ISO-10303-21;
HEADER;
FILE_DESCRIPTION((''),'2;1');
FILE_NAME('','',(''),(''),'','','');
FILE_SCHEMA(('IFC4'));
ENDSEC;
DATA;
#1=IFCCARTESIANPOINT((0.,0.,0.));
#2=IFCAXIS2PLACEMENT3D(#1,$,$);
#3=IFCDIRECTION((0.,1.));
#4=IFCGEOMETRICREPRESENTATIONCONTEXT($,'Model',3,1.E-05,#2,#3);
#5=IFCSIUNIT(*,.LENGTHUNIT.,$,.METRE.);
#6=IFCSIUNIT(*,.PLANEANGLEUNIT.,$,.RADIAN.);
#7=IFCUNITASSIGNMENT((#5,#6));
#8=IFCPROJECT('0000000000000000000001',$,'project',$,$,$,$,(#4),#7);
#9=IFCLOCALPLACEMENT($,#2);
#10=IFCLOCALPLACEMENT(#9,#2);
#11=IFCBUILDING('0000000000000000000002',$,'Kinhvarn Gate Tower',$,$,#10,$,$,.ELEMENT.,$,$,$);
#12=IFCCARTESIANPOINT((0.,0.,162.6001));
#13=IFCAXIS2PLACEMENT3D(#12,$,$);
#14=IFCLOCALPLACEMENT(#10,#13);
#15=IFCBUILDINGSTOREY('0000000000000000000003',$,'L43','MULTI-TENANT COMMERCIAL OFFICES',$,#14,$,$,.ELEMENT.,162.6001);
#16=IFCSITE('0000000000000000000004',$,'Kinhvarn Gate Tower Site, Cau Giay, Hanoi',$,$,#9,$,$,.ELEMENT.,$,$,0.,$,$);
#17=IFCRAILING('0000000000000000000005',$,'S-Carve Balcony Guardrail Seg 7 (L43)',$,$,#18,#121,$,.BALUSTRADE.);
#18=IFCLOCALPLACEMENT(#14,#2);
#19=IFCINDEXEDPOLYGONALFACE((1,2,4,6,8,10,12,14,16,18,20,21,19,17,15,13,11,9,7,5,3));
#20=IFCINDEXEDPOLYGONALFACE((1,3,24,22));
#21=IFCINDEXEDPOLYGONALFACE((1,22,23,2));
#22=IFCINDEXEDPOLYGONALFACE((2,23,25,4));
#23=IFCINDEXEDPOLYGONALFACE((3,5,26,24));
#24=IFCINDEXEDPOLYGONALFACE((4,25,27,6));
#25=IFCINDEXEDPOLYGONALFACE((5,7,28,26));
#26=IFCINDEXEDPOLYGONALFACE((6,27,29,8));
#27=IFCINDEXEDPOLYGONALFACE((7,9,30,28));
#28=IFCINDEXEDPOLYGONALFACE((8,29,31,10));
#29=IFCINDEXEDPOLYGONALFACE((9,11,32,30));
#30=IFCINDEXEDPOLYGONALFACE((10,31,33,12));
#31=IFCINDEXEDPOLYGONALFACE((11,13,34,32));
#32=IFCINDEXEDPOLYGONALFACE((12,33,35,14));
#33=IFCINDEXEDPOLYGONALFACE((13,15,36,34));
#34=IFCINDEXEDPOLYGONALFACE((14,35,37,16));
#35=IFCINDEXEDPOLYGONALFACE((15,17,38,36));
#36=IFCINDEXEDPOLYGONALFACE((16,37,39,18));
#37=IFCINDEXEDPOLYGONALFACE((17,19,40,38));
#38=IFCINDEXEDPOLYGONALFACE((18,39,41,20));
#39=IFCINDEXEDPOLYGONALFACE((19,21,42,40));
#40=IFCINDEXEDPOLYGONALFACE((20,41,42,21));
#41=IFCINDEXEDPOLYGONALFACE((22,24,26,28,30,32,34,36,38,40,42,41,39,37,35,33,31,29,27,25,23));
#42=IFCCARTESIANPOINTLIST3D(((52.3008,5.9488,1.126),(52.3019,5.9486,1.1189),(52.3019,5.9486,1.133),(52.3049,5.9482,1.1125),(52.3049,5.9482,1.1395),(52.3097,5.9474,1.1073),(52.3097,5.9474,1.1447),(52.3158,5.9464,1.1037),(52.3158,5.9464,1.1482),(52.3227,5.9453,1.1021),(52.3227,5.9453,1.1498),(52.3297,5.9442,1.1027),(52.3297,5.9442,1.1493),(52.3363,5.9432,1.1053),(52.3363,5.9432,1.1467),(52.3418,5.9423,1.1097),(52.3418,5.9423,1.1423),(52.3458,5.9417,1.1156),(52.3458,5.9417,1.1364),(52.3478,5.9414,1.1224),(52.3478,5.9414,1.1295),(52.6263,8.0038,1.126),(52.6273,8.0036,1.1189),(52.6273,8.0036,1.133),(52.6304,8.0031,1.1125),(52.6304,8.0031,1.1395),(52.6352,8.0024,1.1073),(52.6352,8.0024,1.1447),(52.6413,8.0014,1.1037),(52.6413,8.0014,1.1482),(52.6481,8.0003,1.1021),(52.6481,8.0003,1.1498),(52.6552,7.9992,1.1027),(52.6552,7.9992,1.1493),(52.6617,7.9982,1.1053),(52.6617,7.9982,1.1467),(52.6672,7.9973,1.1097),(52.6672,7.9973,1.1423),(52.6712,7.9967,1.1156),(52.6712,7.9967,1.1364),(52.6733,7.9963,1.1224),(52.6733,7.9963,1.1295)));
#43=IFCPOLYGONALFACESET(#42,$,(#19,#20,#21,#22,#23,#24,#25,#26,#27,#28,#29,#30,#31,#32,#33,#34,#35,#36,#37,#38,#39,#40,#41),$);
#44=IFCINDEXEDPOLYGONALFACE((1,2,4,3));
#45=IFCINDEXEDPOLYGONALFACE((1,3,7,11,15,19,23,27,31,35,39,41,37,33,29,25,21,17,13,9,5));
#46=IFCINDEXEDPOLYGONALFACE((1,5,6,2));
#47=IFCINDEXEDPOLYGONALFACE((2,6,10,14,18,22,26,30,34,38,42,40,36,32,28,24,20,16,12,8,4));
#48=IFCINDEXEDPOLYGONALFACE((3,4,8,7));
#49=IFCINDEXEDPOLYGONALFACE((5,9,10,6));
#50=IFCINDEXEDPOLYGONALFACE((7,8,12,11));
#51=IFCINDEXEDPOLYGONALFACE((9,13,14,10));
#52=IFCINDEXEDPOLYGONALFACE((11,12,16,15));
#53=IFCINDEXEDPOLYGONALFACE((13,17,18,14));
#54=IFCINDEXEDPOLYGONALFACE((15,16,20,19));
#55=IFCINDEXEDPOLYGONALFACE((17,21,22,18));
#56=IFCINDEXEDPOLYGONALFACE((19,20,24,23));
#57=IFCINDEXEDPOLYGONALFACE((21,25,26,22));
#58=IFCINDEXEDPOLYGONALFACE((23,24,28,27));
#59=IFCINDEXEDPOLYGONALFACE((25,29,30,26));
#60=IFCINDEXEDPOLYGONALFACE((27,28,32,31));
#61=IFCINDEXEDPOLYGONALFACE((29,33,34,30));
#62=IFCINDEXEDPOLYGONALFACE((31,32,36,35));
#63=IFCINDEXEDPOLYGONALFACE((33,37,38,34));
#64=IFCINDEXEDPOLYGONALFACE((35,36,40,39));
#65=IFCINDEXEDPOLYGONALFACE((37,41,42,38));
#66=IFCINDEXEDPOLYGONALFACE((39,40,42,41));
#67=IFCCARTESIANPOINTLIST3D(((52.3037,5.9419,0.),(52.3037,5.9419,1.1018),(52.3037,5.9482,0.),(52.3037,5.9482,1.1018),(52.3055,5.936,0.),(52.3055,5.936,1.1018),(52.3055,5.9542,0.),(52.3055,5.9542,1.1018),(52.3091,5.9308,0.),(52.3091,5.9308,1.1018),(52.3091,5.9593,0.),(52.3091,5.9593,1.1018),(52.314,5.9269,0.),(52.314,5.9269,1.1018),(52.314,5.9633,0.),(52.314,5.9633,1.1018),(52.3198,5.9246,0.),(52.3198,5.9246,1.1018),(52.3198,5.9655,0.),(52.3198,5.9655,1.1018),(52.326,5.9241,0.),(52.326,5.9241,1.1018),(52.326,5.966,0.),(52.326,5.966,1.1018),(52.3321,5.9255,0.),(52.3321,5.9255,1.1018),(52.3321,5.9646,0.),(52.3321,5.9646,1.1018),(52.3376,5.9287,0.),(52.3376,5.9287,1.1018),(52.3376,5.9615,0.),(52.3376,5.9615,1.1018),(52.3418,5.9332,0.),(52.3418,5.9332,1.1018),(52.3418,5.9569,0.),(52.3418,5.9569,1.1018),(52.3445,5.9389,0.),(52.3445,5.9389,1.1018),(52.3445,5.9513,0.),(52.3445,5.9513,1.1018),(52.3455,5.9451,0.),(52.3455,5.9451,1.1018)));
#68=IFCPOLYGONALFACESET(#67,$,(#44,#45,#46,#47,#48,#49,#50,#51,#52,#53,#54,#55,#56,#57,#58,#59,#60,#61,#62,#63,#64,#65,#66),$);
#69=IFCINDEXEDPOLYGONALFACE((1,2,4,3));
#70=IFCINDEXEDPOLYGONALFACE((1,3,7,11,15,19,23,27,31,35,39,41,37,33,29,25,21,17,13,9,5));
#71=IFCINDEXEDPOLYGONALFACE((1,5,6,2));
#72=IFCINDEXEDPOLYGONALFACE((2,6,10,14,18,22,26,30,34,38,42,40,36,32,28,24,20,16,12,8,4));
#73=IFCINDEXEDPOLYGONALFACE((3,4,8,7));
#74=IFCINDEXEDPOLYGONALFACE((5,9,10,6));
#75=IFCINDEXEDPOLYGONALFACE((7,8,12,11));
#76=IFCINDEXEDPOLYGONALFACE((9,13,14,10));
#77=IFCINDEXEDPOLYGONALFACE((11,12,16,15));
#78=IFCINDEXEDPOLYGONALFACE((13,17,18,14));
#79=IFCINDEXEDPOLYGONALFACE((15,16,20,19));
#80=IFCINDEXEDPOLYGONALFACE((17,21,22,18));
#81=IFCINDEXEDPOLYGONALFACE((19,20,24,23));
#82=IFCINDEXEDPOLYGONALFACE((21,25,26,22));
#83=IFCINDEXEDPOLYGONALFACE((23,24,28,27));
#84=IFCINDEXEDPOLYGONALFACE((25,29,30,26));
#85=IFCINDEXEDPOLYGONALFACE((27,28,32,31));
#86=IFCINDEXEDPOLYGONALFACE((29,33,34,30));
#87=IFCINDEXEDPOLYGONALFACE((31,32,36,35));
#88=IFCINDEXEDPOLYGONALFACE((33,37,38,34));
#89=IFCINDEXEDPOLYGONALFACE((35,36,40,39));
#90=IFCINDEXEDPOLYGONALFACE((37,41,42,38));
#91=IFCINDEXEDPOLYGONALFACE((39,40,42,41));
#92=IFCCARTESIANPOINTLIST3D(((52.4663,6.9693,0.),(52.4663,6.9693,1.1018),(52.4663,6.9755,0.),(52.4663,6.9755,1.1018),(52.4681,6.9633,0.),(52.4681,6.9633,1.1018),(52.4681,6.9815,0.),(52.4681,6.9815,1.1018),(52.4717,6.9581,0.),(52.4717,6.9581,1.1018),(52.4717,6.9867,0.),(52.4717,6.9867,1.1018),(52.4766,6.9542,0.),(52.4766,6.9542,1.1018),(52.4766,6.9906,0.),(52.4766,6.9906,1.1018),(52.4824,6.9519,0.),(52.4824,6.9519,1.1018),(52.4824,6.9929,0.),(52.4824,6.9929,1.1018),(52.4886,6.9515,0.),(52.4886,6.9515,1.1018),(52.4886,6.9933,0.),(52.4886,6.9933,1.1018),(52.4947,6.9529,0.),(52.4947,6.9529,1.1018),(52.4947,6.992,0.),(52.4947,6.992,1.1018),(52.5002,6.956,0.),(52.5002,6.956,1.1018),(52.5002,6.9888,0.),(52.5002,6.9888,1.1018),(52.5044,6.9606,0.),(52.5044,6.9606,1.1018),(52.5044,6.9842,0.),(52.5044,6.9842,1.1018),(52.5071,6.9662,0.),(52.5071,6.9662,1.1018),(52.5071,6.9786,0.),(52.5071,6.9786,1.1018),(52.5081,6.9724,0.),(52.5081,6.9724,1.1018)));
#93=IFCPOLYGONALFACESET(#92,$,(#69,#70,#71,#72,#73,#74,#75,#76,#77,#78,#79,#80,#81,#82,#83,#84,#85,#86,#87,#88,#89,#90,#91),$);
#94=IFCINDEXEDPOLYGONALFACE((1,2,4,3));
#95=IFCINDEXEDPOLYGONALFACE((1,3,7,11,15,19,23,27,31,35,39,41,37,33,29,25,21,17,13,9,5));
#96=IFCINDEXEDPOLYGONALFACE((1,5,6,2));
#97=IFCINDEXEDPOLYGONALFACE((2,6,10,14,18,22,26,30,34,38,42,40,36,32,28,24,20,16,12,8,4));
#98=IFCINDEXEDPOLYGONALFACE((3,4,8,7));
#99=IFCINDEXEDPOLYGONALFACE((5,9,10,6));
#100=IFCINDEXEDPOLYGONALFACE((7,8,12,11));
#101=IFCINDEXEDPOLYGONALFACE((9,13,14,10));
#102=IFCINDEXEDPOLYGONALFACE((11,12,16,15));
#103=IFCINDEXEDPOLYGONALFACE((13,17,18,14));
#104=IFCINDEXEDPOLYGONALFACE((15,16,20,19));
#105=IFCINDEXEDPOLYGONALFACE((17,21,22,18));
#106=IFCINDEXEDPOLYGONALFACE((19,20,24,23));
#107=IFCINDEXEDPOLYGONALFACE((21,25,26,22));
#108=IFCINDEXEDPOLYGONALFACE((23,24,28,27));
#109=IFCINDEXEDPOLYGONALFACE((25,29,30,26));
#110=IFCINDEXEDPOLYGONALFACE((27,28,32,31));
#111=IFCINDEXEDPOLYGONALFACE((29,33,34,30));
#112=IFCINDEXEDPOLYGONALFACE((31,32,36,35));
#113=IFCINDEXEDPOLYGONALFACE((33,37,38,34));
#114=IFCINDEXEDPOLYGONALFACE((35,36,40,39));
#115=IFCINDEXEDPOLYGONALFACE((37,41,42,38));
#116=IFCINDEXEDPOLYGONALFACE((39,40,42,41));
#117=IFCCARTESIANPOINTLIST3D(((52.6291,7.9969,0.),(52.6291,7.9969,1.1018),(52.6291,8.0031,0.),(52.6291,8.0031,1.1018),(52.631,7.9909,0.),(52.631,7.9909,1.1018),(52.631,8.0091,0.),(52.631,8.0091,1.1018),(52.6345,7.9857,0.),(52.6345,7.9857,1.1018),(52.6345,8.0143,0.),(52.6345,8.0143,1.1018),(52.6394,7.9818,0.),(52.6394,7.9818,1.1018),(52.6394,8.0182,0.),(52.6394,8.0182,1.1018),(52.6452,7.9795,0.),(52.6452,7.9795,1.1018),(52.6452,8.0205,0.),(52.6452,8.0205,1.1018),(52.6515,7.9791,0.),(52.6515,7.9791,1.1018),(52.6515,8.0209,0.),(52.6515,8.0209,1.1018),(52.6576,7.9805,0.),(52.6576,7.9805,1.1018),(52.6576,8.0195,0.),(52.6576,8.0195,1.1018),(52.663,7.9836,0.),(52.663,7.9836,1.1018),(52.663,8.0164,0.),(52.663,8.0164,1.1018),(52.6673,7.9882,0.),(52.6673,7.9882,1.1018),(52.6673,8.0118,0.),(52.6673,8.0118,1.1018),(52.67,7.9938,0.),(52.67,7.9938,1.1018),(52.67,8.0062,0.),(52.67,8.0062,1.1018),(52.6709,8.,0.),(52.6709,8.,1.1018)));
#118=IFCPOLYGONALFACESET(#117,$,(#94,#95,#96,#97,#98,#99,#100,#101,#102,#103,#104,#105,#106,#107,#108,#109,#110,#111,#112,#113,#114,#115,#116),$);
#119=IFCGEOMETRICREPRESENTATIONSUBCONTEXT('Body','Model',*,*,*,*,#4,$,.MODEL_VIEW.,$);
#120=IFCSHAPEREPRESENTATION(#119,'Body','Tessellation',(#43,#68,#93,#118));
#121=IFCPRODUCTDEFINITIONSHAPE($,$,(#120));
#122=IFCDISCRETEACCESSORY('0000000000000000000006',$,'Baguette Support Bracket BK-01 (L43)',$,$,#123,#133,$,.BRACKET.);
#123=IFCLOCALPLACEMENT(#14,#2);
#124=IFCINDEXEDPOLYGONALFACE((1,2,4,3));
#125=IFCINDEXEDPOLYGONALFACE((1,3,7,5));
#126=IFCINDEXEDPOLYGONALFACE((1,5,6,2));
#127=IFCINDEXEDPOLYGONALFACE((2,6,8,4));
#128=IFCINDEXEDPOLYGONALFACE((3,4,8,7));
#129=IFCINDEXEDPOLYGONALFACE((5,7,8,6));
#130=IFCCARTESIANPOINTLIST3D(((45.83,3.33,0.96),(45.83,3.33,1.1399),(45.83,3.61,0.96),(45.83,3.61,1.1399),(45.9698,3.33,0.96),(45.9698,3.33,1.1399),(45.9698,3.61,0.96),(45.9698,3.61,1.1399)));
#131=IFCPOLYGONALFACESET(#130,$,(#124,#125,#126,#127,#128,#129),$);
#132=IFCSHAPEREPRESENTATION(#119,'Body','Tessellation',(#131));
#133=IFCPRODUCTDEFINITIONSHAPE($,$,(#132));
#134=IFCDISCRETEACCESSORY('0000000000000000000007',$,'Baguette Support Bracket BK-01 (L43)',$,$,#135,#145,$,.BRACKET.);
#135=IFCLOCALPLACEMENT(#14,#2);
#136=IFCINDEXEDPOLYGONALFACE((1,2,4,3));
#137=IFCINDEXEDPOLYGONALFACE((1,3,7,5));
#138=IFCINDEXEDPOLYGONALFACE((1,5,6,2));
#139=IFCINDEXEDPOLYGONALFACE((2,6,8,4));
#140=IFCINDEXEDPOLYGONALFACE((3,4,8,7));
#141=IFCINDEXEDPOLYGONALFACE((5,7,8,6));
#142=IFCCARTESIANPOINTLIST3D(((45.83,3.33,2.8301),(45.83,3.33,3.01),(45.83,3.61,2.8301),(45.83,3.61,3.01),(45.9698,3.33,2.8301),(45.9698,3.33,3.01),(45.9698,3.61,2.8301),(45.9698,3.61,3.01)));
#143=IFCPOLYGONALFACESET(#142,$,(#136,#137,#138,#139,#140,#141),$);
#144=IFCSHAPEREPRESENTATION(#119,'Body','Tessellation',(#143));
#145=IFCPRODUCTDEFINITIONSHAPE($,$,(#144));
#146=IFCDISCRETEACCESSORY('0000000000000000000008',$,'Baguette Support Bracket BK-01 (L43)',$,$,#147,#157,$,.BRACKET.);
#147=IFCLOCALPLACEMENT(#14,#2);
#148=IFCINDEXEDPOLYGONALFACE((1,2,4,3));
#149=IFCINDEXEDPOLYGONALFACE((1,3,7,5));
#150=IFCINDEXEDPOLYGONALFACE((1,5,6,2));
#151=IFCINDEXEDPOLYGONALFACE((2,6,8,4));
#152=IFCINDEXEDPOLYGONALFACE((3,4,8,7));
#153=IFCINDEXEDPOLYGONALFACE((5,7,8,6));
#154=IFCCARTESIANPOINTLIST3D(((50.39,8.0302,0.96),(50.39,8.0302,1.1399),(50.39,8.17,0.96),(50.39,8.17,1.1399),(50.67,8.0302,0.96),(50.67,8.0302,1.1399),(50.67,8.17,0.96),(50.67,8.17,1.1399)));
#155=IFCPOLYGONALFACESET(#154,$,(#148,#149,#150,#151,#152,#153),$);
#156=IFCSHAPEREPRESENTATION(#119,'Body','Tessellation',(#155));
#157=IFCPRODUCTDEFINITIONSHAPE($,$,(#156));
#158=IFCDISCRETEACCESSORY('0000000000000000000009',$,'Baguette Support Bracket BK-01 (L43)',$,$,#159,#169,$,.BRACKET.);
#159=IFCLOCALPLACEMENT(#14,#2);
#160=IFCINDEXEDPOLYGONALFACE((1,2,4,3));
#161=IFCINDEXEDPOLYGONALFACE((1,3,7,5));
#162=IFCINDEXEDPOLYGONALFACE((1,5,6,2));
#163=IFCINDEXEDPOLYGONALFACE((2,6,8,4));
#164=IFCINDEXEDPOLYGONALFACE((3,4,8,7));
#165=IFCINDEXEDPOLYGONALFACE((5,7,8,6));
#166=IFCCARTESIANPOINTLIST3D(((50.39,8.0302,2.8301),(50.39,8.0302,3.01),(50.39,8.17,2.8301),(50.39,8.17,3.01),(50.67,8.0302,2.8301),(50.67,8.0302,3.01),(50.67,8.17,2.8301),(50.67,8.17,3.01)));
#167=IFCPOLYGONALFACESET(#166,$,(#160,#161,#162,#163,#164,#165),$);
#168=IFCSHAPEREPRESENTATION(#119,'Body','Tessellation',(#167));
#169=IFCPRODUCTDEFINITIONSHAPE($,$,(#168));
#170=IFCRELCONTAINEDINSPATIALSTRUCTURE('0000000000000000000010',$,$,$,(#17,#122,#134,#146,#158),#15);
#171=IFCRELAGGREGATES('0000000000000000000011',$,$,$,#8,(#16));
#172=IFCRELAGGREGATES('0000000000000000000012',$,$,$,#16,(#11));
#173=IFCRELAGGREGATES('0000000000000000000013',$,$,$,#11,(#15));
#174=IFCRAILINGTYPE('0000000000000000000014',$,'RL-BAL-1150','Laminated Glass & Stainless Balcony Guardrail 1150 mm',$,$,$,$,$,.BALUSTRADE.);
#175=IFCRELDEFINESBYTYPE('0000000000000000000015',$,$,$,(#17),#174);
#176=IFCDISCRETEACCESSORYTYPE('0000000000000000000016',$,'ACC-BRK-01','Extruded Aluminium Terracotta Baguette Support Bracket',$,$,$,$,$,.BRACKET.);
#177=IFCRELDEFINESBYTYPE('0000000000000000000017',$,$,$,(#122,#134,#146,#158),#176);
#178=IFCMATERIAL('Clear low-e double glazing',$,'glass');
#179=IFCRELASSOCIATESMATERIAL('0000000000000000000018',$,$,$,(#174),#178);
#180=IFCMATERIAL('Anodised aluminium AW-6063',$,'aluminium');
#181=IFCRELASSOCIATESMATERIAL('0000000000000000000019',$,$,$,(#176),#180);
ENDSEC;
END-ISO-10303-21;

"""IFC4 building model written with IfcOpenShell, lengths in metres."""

from ifc_helpers import new_model, si_unit, direction, frame, origin, origin_2d, place, context, subcontext, project, spatial, rectangle, circle, extrude, material, type_object, element, save


model = new_model("IFC4")

# Units and contexts
model_context = context("Model", 3, precision=1e-05, world=origin(), true_north=direction((0.0, 1.0)))
body_context = subcontext(model_context, "Body", "Model", "MODEL_VIEW")
ifc_project = project(units=[si_unit("LENGTHUNIT", "METRE"), si_unit("PLANEANGLEUNIT", "RADIAN")], contexts=[model_context])

# Site, building, storey
site_placement = place(None, origin())
site = spatial("IfcSite", under=ifc_project, at=site_placement, Name="Kinhvarn Gate Tower Site, Cau Giay, Hanoi", CompositionType="ELEMENT", RefElevation=0.0)
building_placement = place(site_placement, origin())
building = spatial("IfcBuilding", under=site, at=building_placement, Name="Kinhvarn Gate Tower", CompositionType="ELEMENT")
storey_placement = place(building_placement, frame((0.0, 0.0, 162.6001)))
storey = spatial("IfcBuildingStorey", under=building, at=storey_placement, Name="L43", Description="MULTI-TENANT COMMERCIAL OFFICES", CompositionType="ELEMENT", Elevation=162.6001)

# Shared definitions
ifc_material_1 = material(Name="Anodised aluminium AW-6063", Category="aluminium")

# Shared definitions
ifc_material_2 = material(Name="Clear low-e double glazing", Category="glass")

# Railing
railing_type = type_object("IfcRailingType", Name="RL-BAL-1150", Description="Laminated Glass & Stainless Balcony Guardrail 1150 mm", PredefinedType="BALUSTRADE", material=ifc_material_2)
railing_1_placement = place(storey_placement, frame((52.3245, 5.9451, 0.0)))
element("IfcRailing", 1, at=railing_1_placement, inside=storey, type_object=railing_type, Name="S-Carve Balcony Guardrail Seg 7 (L43)", PredefinedType="BALUSTRADE", context=body_context, shape_type="SweptSolid", body=[
    extrude(circle(Radius=0.0239, at=origin_2d()), frame((0.0, 0.0, 1.126), z_axis=(0.156421, 0.987691, 0.0), x_axis=(-0.987691, 0.156421, 0.0)), (0.0, 0.0, 1.0), 2.0806),
    extrude(circle(Radius=0.021, at=origin_2d()), origin(), (0.0, 0.0, 1.0), 1.1018),
    extrude(circle(Radius=0.021, at=origin_2d()), frame((0.1626, 1.0273, 0.0)), (0.0, 0.0, 1.0), 1.1018),
    extrude(circle(Radius=0.021, at=origin_2d()), frame((0.3254, 2.0549, 0.0)), (0.0, 0.0, 1.0), 1.1018),
])

# Discrete accessories
discrete_accessory_type = type_object("IfcDiscreteAccessoryType", Name="ACC-BRK-01", Description="Extruded Aluminium Terracotta Baguette Support Bracket", PredefinedType="BRACKET", material=ifc_material_1)
for number, where, z_axis, x_axis, name in (
    (2, (45.8999, 3.47, 0.96), (0.0, 0.0, 1.0), (1.0, 0.0, 0.0), "Baguette Support Bracket BK-01 (L43)"),
    (3, (45.8999, 3.47, 2.8301), (0.0, 0.0, 1.0), (1.0, 0.0, 0.0), "Baguette Support Bracket BK-01 (L43)"),
    (4, (50.53, 8.1001, 0.96), (0.0, 0.0, 1.0), (0.0, 1.0, 0.0), "Baguette Support Bracket BK-01 (L43)"),
    (5, (50.53, 8.1001, 2.8301), (0.0, 0.0, 1.0), (0.0, 1.0, 0.0), "Baguette Support Bracket BK-01 (L43)"),
):
    element("IfcDiscreteAccessory", number, at=place(storey_placement, frame(where, z_axis=z_axis, x_axis=x_axis)), inside=storey, type_object=discrete_accessory_type, Name=name, PredefinedType="BRACKET", context=body_context, shape_type="SweptSolid", body=[
        extrude(rectangle(XDim=0.1399, YDim=0.28, at=origin_2d()), origin(), (0.0, 0.0, 1.0), 0.1799),
    ])

save(model, "model.ifc")
